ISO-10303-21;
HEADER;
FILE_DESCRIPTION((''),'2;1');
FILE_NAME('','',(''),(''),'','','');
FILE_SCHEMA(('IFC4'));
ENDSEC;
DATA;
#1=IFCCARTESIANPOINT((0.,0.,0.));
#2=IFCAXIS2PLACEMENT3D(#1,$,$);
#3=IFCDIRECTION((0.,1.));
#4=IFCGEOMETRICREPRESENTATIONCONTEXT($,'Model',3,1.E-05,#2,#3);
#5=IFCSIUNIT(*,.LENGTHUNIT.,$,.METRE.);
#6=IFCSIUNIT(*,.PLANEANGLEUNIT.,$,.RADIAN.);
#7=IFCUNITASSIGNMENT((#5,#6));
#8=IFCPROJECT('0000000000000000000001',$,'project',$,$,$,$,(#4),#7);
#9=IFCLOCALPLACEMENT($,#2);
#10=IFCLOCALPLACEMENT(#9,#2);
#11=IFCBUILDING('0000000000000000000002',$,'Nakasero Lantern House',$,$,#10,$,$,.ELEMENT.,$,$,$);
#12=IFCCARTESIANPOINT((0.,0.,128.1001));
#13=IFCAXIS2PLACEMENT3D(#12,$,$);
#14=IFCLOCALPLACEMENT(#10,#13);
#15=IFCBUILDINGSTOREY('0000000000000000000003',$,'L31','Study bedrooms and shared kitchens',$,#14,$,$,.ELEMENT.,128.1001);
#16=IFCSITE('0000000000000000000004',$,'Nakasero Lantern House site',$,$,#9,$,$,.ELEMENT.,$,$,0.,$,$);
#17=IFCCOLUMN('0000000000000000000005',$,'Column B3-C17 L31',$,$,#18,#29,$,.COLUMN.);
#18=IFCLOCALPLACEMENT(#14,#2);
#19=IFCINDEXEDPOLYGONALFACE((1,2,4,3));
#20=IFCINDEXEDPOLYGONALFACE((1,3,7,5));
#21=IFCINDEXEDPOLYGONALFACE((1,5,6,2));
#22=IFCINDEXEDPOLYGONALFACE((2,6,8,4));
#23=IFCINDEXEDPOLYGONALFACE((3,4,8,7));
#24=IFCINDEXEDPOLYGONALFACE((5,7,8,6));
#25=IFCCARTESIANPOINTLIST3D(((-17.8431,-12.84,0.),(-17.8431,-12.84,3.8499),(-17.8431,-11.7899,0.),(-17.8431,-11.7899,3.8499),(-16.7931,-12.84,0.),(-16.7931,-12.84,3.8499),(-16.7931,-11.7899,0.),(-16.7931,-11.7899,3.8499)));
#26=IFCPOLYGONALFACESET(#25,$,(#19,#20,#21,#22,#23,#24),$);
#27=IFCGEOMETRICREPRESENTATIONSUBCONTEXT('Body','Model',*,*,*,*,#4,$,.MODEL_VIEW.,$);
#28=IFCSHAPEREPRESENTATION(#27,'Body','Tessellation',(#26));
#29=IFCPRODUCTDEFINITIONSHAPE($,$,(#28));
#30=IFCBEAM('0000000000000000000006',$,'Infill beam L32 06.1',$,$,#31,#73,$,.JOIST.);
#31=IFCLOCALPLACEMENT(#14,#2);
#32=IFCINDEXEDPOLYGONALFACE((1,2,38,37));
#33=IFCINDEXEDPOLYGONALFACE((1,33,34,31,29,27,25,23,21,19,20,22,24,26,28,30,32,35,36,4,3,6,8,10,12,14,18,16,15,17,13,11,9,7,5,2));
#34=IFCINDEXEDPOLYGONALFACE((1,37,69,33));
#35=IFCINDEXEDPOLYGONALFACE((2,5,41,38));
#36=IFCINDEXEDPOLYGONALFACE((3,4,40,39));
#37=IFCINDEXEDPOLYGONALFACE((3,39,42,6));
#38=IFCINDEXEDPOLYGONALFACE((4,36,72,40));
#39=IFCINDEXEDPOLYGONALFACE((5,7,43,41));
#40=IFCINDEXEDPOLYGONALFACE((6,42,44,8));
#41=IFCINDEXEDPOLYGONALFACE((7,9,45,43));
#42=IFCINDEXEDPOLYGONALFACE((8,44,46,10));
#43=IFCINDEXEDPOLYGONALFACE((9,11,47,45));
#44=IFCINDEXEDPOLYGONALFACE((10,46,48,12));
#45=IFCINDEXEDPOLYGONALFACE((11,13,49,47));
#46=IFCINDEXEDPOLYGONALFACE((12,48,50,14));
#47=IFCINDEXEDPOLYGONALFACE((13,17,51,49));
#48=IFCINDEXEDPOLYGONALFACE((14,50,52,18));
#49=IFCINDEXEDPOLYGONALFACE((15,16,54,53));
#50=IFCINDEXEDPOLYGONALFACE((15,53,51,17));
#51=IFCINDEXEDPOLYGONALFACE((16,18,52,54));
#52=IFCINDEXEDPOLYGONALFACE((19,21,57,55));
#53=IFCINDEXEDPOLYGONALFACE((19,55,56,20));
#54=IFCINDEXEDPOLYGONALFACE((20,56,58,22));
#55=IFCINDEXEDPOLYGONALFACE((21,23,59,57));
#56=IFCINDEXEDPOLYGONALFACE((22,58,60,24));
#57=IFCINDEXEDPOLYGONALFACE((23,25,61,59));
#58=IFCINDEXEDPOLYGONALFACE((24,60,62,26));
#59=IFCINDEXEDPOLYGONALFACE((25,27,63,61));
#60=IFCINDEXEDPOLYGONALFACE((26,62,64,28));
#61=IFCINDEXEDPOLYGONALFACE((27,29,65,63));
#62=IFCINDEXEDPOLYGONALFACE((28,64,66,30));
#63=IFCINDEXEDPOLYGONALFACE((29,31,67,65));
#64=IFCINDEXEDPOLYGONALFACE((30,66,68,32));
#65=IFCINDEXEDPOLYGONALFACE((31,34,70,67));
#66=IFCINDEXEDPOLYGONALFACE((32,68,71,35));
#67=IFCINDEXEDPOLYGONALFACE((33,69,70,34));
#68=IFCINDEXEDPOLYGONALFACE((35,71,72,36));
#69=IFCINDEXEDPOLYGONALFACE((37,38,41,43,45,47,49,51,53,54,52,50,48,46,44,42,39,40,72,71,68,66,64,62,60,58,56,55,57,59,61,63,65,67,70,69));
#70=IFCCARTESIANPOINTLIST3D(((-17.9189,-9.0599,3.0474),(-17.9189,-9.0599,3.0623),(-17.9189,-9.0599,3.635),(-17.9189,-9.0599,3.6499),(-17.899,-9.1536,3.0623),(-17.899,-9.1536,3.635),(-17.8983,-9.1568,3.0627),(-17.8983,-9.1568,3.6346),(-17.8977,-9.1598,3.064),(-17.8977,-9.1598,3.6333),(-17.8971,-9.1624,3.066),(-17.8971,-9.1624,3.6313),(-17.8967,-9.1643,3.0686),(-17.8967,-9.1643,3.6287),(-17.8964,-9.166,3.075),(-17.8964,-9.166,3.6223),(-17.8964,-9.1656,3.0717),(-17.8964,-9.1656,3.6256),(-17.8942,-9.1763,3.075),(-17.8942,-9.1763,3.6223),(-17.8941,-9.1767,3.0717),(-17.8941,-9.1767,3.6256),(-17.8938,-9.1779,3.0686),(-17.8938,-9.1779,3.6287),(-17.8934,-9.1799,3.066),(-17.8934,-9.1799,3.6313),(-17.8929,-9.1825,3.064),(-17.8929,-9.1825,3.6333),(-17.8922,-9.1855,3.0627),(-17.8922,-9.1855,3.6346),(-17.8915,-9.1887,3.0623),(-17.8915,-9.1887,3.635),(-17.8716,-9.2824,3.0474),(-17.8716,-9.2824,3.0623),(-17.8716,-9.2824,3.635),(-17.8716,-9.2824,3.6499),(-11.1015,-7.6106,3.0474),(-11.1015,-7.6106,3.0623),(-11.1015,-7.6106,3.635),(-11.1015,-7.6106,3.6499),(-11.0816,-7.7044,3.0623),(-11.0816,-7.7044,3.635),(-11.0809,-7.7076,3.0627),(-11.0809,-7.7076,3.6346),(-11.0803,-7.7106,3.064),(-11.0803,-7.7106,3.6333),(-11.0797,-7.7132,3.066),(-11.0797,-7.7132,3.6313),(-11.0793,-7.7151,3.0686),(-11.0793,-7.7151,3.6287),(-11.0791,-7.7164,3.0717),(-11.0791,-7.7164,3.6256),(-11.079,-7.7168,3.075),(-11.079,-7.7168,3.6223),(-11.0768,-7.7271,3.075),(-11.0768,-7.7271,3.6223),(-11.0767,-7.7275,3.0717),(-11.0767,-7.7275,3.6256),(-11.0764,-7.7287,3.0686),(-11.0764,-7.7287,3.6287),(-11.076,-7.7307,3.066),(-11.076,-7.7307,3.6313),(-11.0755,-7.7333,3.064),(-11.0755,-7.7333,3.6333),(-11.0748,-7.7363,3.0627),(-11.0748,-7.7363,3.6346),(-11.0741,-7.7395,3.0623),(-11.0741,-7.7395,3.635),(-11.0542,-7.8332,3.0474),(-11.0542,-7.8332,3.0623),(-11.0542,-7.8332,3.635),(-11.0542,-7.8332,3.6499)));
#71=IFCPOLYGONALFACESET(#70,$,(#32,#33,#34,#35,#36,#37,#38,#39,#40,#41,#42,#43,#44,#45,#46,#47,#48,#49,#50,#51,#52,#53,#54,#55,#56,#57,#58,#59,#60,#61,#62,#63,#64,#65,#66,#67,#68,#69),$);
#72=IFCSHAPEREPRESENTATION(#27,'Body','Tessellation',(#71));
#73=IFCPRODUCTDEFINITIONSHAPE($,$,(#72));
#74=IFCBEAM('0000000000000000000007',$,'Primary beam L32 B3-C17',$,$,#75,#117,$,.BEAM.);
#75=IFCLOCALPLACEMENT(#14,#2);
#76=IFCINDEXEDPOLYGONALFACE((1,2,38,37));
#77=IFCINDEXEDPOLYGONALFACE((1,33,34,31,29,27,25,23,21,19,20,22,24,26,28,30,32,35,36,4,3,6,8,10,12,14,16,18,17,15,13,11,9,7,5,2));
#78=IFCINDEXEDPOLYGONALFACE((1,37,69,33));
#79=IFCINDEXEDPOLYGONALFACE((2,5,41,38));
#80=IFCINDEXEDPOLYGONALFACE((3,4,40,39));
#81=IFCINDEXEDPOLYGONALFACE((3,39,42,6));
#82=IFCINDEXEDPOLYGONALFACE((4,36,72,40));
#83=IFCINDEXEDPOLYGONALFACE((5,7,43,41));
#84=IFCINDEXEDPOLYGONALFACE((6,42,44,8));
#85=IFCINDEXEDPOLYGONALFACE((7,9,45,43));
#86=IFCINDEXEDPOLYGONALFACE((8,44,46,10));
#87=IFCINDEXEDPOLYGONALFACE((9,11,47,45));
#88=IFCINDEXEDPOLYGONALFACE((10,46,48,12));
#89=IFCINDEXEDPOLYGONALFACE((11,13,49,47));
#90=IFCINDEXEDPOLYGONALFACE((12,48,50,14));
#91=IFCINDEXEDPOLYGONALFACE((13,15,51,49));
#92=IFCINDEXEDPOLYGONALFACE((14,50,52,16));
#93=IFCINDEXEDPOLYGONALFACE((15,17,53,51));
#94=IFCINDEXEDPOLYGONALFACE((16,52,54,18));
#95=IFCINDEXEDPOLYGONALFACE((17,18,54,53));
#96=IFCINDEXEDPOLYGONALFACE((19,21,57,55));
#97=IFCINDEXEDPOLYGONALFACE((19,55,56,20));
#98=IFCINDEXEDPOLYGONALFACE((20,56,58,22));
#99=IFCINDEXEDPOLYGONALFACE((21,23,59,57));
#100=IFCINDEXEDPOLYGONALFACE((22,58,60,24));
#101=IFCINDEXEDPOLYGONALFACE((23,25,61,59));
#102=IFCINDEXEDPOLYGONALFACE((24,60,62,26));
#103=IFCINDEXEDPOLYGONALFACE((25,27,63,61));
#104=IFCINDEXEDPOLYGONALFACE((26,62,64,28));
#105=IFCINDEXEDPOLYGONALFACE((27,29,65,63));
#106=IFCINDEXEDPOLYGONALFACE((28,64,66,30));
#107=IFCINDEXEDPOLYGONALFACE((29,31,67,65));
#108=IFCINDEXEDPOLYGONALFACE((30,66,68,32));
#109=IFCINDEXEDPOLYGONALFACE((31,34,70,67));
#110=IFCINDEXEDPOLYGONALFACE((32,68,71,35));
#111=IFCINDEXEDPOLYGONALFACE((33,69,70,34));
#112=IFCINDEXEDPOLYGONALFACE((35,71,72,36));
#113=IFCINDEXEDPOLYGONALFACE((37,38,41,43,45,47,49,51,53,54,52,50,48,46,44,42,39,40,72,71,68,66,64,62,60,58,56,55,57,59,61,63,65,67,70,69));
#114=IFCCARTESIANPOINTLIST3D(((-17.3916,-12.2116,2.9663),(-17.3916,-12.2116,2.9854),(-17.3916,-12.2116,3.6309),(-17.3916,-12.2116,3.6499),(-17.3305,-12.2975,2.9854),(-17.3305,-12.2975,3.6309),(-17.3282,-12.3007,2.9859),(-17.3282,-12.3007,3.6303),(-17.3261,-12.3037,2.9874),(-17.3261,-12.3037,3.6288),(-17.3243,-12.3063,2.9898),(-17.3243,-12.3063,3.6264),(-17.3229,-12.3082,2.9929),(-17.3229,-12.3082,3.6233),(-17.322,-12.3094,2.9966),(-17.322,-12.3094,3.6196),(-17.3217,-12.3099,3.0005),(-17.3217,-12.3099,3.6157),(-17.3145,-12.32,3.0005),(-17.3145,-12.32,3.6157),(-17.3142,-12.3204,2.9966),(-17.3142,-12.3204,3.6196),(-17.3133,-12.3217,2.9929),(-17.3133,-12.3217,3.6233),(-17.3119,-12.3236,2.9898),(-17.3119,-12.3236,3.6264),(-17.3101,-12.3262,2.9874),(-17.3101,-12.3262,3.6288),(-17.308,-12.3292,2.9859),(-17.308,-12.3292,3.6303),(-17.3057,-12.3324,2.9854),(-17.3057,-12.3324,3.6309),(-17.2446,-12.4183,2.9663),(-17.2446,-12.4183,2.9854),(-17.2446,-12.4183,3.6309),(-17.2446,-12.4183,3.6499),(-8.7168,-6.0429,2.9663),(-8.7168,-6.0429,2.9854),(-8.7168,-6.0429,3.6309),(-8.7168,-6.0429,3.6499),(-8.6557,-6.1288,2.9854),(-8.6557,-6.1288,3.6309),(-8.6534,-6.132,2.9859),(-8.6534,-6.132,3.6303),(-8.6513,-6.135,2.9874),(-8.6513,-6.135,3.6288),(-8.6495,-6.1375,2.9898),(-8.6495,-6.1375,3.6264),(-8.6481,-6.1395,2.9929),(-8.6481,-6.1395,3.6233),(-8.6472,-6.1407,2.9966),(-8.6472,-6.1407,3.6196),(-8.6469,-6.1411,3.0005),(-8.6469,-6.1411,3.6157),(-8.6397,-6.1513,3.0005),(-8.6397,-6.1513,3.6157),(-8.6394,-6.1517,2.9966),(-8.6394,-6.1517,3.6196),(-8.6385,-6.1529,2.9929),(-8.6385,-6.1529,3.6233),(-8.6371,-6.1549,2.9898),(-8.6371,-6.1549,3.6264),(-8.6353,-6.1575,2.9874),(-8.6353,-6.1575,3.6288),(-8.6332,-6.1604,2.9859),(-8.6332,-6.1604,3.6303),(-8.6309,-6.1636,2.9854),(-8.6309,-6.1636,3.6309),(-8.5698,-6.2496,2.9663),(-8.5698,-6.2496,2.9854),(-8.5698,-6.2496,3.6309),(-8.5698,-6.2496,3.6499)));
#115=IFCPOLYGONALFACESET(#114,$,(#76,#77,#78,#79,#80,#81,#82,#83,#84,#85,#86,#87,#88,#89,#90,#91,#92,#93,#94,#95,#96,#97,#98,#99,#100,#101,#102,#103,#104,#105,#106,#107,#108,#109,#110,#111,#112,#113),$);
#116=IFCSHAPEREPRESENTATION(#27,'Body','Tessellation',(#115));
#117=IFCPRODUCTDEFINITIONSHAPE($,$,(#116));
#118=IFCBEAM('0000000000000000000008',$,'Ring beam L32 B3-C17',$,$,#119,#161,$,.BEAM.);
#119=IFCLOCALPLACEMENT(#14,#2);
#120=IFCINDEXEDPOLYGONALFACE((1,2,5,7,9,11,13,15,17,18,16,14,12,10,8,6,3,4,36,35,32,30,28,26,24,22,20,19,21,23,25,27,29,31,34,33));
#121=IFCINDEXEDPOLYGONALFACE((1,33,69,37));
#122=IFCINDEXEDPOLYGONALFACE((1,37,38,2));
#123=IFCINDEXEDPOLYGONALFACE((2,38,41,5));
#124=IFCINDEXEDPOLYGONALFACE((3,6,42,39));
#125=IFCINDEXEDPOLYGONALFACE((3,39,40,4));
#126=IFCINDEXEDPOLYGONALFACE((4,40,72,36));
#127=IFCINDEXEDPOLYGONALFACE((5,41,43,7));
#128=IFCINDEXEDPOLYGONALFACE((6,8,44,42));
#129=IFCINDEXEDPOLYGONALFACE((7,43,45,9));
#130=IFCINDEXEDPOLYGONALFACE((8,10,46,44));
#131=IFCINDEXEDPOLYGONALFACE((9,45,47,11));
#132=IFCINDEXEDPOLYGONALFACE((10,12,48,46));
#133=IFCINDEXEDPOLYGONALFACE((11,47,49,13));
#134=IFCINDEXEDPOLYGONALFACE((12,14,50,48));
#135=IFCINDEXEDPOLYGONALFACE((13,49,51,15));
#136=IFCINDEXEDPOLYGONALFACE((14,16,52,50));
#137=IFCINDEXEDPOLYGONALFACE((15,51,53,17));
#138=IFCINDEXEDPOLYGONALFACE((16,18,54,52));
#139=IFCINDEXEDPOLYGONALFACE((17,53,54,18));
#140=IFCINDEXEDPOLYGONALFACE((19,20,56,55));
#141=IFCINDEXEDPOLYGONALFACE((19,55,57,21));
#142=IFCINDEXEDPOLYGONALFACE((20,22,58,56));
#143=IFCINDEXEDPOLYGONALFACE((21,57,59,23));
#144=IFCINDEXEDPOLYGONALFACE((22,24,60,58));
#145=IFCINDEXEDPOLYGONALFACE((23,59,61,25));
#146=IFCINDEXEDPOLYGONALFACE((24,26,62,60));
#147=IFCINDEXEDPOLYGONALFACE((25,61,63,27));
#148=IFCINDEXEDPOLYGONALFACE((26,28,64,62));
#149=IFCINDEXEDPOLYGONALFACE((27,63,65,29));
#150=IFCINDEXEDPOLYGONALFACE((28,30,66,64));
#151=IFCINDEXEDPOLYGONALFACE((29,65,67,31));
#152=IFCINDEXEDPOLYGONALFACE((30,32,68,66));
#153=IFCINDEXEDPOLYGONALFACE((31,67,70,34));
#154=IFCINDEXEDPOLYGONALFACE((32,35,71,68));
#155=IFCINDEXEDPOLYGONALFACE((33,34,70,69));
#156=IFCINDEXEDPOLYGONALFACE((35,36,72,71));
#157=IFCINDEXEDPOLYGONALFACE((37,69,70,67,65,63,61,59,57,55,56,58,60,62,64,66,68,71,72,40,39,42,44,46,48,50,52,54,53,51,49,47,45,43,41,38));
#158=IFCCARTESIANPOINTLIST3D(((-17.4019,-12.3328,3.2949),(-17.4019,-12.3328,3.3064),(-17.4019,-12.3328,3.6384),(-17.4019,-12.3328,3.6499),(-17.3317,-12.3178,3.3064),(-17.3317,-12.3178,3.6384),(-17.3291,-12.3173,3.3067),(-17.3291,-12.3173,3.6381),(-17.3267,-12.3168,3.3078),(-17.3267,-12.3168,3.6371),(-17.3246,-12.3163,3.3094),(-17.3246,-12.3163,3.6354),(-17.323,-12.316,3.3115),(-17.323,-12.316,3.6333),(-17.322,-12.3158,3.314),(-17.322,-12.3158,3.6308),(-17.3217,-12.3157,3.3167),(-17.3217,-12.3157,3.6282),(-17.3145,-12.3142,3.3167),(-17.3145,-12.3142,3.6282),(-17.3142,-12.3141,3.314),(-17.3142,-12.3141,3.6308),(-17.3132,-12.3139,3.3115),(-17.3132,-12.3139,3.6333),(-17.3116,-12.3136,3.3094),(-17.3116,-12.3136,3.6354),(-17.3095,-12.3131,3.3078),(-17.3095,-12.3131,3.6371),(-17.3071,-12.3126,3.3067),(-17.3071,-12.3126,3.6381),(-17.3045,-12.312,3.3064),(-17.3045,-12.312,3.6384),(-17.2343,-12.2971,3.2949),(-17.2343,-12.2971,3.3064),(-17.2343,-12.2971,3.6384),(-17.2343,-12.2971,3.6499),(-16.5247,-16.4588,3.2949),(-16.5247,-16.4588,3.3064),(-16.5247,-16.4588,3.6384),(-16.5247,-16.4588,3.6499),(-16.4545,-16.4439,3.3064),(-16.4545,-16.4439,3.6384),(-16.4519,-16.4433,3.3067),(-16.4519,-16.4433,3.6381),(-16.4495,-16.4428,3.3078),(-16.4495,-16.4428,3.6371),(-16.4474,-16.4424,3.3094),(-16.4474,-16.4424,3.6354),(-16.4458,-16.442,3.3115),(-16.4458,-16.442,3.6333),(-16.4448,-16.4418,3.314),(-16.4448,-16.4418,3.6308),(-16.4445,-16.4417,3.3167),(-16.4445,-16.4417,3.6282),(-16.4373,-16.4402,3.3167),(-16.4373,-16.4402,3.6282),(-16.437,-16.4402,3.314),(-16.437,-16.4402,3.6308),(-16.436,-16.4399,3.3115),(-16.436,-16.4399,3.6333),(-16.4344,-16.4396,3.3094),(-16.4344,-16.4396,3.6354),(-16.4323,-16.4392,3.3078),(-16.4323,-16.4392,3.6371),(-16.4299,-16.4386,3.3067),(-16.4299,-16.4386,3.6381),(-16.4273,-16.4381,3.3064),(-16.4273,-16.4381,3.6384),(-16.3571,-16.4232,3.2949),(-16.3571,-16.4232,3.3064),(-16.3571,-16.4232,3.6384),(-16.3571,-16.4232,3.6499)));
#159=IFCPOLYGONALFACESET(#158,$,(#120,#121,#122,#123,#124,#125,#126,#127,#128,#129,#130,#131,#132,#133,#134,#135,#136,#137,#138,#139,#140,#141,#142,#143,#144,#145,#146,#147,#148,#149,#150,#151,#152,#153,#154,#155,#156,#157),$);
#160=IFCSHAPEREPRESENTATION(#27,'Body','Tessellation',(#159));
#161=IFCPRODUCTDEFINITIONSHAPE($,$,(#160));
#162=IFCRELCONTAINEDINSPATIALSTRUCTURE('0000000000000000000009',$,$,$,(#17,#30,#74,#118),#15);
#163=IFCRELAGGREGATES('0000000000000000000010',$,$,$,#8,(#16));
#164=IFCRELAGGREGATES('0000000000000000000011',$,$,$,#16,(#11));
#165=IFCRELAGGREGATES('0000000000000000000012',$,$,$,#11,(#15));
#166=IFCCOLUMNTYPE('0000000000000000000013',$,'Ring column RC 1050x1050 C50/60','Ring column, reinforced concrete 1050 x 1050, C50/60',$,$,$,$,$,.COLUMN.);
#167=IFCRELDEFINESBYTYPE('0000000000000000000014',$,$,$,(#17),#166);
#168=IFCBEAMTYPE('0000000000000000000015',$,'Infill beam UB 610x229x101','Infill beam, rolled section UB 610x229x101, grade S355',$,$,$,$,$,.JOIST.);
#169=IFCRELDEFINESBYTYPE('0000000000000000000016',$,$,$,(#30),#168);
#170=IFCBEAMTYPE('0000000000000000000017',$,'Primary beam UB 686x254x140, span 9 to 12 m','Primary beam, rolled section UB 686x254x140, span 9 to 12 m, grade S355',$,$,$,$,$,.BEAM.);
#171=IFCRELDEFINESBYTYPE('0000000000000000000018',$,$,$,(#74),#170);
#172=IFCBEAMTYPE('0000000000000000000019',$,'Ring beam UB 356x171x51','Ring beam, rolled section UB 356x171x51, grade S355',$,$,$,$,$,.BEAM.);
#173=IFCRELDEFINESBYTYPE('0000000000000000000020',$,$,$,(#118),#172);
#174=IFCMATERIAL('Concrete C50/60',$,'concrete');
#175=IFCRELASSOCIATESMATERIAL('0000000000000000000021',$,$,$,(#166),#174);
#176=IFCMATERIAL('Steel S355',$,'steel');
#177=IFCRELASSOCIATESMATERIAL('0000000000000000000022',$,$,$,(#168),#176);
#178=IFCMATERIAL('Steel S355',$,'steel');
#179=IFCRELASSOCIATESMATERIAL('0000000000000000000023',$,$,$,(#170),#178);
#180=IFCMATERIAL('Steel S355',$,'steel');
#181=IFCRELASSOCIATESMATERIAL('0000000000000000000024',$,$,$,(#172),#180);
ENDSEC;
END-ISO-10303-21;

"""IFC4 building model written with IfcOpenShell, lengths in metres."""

from ifc_helpers import new_model, si_unit, direction, frame, origin, origin_2d, place, context, subcontext, project, spatial, rectangle, i_section, extrude, material, material_profile, profile_set, type_object, element, save


model = new_model("IFC4")

# Units and contexts
model_context = context("Model", 3, precision=1e-05, world=origin(), true_north=direction((0.0, 1.0)))
body_context = subcontext(model_context, "Body", "Model", "MODEL_VIEW")
ifc_project = project(units=[si_unit("LENGTHUNIT", "METRE"), si_unit("PLANEANGLEUNIT", "RADIAN")], contexts=[model_context])

# Site, building, storey
site_placement = place(None, origin())
site = spatial("IfcSite", under=ifc_project, at=site_placement, Name="Nakasero Lantern House site", CompositionType="ELEMENT", RefElevation=0.0)
building_placement = place(site_placement, origin())
building = spatial("IfcBuilding", under=site, at=building_placement, Name="Nakasero Lantern House", CompositionType="ELEMENT")
storey_placement = place(building_placement, frame((0.0, 0.0, 128.1001)))
storey = spatial("IfcBuildingStorey", under=building, at=storey_placement, Name="L31", Description="Study bedrooms and shared kitchens", CompositionType="ELEMENT", Elevation=128.1001)

# Column
ifc_material_1 = material(Name="Concrete C50/60", Category="concrete")
ifc_material_profile_1 = material_profile(ifc_material_1, rectangle(XDim=1.05, YDim=1.05, at=origin_2d()), Name="RC 1050x1050")
ifc_profile_set_1 = profile_set([ifc_material_profile_1], Name="Concrete C50/60")
column_type = type_object("IfcColumnType", Name="Ring column RC 1050x1050 C50/60", Description="Ring column, reinforced concrete 1050 x 1050, C50/60", PredefinedType="COLUMN", material=ifc_profile_set_1)
column_placement = place(storey_placement, frame((-17.3181, -12.3149, 0.0), z_axis=(0.0, 0.0, 1.0), x_axis=(1.0, 0.0, 0.0)))
element("IfcColumn", 1, at=column_placement, inside=storey, type_object=column_type, Name="Column B3-C17 L31", PredefinedType="COLUMN", context=body_context, shape_type="SweptSolid", body=[
    extrude(rectangle(XDim=1.05, YDim=1.05, at=origin_2d()), origin(), (0.0, 0.0, 1.0), 3.8499),
])

# Beams
ifc_material_2 = material(Name="Steel S355", Category="steel")
ifc_material_profile_2 = material_profile(ifc_material_2, i_section(OverallWidth=0.2275, OverallDepth=0.6025, WebThickness=0.0105, FlangeThickness=0.0149, FilletRadius=0.0127, at=origin_2d()), Name="UB 610x229x101")
ifc_profile_set_2 = profile_set([ifc_material_profile_2], Name="Steel S355")
beam_type_1 = type_object("IfcBeamType", Name="Infill beam UB 610x229x101", Description="Infill beam, rolled section UB 610x229x101, grade S355", PredefinedType="JOIST", material=ifc_profile_set_2)
beam_1_placement = place(storey_placement, frame((-17.8953, -9.1711, 3.3486), z_axis=(0.978144, 0.207931, 0.0), x_axis=(-0.207931, 0.978144, 0.0)))
element("IfcBeam", 2, at=beam_1_placement, inside=storey, type_object=beam_type_1, Name="Infill beam L32 06.1", PredefinedType="JOIST", context=body_context, shape_type="SweptSolid", body=[
    extrude(i_section(OverallWidth=0.2275, OverallDepth=0.6025, WebThickness=0.0105, FlangeThickness=0.0149, FilletRadius=0.0127, at=origin_2d()), origin(), (0.0, 0.0, 1.0), 6.9697),
])
ifc_material_3 = material(Name="Steel S355", Category="steel")
ifc_material_profile_3 = material_profile(ifc_material_3, i_section(OverallWidth=0.2537, OverallDepth=0.6836, WebThickness=0.0125, FlangeThickness=0.019, FilletRadius=0.0151, at=origin_2d()), Name="UB 686x254x140")
ifc_profile_set_3 = profile_set([ifc_material_profile_3], Name="Steel S355")
beam_type_2 = type_object("IfcBeamType", Name="Primary beam UB 686x254x140, span 9 to 12 m", Description="Primary beam, rolled section UB 686x254x140, span 9 to 12 m, grade S355", PredefinedType="BEAM", material=ifc_profile_set_3)
beam_2_placement = place(storey_placement, frame((-17.3181, -12.3149, 3.3081), z_axis=(0.814957, 0.579521, 0.0), x_axis=(-0.579521, 0.814957, 0.0)))
element("IfcBeam", 3, at=beam_2_placement, inside=storey, type_object=beam_type_2, Name="Primary beam L32 B3-C17", PredefinedType="BEAM", context=body_context, shape_type="SweptSolid", body=[
    extrude(i_section(OverallWidth=0.2537, OverallDepth=0.6836, WebThickness=0.0125, FlangeThickness=0.019, FilletRadius=0.0151, at=origin_2d()), origin(), (0.0, 0.0, 1.0), 10.6445),
])
ifc_material_4 = material(Name="Steel S355", Category="steel")
ifc_material_profile_4 = material_profile(ifc_material_4, i_section(OverallWidth=0.1714, OverallDepth=0.355, WebThickness=0.0073, FlangeThickness=0.0115, FilletRadius=0.0103, at=origin_2d()), Name="UB 356x171x51")
ifc_profile_set_4 = profile_set([ifc_material_profile_4], Name="Steel S355")
beam_type_3 = type_object("IfcBeamType", Name="Ring beam UB 356x171x51", Description="Ring beam, rolled section UB 356x171x51, grade S355", PredefinedType="BEAM", material=ifc_profile_set_4)
beam_3_placement = place(storey_placement, frame((-17.3181, -12.3149, 3.4724), z_axis=(0.207956, -0.978138, 0.0), x_axis=(0.978138, 0.207956, 0.0)))
element("IfcBeam", 4, at=beam_3_placement, inside=storey, type_object=beam_type_3, Name="Ring beam L32 B3-C17", PredefinedType="BEAM", context=body_context, shape_type="SweptSolid", body=[
    extrude(i_section(OverallWidth=0.1714, OverallDepth=0.355, WebThickness=0.0073, FlangeThickness=0.0115, FilletRadius=0.0103, at=origin_2d()), origin(), (0.0, 0.0, 1.0), 4.2183),
])

save(model, "model.ifc")
